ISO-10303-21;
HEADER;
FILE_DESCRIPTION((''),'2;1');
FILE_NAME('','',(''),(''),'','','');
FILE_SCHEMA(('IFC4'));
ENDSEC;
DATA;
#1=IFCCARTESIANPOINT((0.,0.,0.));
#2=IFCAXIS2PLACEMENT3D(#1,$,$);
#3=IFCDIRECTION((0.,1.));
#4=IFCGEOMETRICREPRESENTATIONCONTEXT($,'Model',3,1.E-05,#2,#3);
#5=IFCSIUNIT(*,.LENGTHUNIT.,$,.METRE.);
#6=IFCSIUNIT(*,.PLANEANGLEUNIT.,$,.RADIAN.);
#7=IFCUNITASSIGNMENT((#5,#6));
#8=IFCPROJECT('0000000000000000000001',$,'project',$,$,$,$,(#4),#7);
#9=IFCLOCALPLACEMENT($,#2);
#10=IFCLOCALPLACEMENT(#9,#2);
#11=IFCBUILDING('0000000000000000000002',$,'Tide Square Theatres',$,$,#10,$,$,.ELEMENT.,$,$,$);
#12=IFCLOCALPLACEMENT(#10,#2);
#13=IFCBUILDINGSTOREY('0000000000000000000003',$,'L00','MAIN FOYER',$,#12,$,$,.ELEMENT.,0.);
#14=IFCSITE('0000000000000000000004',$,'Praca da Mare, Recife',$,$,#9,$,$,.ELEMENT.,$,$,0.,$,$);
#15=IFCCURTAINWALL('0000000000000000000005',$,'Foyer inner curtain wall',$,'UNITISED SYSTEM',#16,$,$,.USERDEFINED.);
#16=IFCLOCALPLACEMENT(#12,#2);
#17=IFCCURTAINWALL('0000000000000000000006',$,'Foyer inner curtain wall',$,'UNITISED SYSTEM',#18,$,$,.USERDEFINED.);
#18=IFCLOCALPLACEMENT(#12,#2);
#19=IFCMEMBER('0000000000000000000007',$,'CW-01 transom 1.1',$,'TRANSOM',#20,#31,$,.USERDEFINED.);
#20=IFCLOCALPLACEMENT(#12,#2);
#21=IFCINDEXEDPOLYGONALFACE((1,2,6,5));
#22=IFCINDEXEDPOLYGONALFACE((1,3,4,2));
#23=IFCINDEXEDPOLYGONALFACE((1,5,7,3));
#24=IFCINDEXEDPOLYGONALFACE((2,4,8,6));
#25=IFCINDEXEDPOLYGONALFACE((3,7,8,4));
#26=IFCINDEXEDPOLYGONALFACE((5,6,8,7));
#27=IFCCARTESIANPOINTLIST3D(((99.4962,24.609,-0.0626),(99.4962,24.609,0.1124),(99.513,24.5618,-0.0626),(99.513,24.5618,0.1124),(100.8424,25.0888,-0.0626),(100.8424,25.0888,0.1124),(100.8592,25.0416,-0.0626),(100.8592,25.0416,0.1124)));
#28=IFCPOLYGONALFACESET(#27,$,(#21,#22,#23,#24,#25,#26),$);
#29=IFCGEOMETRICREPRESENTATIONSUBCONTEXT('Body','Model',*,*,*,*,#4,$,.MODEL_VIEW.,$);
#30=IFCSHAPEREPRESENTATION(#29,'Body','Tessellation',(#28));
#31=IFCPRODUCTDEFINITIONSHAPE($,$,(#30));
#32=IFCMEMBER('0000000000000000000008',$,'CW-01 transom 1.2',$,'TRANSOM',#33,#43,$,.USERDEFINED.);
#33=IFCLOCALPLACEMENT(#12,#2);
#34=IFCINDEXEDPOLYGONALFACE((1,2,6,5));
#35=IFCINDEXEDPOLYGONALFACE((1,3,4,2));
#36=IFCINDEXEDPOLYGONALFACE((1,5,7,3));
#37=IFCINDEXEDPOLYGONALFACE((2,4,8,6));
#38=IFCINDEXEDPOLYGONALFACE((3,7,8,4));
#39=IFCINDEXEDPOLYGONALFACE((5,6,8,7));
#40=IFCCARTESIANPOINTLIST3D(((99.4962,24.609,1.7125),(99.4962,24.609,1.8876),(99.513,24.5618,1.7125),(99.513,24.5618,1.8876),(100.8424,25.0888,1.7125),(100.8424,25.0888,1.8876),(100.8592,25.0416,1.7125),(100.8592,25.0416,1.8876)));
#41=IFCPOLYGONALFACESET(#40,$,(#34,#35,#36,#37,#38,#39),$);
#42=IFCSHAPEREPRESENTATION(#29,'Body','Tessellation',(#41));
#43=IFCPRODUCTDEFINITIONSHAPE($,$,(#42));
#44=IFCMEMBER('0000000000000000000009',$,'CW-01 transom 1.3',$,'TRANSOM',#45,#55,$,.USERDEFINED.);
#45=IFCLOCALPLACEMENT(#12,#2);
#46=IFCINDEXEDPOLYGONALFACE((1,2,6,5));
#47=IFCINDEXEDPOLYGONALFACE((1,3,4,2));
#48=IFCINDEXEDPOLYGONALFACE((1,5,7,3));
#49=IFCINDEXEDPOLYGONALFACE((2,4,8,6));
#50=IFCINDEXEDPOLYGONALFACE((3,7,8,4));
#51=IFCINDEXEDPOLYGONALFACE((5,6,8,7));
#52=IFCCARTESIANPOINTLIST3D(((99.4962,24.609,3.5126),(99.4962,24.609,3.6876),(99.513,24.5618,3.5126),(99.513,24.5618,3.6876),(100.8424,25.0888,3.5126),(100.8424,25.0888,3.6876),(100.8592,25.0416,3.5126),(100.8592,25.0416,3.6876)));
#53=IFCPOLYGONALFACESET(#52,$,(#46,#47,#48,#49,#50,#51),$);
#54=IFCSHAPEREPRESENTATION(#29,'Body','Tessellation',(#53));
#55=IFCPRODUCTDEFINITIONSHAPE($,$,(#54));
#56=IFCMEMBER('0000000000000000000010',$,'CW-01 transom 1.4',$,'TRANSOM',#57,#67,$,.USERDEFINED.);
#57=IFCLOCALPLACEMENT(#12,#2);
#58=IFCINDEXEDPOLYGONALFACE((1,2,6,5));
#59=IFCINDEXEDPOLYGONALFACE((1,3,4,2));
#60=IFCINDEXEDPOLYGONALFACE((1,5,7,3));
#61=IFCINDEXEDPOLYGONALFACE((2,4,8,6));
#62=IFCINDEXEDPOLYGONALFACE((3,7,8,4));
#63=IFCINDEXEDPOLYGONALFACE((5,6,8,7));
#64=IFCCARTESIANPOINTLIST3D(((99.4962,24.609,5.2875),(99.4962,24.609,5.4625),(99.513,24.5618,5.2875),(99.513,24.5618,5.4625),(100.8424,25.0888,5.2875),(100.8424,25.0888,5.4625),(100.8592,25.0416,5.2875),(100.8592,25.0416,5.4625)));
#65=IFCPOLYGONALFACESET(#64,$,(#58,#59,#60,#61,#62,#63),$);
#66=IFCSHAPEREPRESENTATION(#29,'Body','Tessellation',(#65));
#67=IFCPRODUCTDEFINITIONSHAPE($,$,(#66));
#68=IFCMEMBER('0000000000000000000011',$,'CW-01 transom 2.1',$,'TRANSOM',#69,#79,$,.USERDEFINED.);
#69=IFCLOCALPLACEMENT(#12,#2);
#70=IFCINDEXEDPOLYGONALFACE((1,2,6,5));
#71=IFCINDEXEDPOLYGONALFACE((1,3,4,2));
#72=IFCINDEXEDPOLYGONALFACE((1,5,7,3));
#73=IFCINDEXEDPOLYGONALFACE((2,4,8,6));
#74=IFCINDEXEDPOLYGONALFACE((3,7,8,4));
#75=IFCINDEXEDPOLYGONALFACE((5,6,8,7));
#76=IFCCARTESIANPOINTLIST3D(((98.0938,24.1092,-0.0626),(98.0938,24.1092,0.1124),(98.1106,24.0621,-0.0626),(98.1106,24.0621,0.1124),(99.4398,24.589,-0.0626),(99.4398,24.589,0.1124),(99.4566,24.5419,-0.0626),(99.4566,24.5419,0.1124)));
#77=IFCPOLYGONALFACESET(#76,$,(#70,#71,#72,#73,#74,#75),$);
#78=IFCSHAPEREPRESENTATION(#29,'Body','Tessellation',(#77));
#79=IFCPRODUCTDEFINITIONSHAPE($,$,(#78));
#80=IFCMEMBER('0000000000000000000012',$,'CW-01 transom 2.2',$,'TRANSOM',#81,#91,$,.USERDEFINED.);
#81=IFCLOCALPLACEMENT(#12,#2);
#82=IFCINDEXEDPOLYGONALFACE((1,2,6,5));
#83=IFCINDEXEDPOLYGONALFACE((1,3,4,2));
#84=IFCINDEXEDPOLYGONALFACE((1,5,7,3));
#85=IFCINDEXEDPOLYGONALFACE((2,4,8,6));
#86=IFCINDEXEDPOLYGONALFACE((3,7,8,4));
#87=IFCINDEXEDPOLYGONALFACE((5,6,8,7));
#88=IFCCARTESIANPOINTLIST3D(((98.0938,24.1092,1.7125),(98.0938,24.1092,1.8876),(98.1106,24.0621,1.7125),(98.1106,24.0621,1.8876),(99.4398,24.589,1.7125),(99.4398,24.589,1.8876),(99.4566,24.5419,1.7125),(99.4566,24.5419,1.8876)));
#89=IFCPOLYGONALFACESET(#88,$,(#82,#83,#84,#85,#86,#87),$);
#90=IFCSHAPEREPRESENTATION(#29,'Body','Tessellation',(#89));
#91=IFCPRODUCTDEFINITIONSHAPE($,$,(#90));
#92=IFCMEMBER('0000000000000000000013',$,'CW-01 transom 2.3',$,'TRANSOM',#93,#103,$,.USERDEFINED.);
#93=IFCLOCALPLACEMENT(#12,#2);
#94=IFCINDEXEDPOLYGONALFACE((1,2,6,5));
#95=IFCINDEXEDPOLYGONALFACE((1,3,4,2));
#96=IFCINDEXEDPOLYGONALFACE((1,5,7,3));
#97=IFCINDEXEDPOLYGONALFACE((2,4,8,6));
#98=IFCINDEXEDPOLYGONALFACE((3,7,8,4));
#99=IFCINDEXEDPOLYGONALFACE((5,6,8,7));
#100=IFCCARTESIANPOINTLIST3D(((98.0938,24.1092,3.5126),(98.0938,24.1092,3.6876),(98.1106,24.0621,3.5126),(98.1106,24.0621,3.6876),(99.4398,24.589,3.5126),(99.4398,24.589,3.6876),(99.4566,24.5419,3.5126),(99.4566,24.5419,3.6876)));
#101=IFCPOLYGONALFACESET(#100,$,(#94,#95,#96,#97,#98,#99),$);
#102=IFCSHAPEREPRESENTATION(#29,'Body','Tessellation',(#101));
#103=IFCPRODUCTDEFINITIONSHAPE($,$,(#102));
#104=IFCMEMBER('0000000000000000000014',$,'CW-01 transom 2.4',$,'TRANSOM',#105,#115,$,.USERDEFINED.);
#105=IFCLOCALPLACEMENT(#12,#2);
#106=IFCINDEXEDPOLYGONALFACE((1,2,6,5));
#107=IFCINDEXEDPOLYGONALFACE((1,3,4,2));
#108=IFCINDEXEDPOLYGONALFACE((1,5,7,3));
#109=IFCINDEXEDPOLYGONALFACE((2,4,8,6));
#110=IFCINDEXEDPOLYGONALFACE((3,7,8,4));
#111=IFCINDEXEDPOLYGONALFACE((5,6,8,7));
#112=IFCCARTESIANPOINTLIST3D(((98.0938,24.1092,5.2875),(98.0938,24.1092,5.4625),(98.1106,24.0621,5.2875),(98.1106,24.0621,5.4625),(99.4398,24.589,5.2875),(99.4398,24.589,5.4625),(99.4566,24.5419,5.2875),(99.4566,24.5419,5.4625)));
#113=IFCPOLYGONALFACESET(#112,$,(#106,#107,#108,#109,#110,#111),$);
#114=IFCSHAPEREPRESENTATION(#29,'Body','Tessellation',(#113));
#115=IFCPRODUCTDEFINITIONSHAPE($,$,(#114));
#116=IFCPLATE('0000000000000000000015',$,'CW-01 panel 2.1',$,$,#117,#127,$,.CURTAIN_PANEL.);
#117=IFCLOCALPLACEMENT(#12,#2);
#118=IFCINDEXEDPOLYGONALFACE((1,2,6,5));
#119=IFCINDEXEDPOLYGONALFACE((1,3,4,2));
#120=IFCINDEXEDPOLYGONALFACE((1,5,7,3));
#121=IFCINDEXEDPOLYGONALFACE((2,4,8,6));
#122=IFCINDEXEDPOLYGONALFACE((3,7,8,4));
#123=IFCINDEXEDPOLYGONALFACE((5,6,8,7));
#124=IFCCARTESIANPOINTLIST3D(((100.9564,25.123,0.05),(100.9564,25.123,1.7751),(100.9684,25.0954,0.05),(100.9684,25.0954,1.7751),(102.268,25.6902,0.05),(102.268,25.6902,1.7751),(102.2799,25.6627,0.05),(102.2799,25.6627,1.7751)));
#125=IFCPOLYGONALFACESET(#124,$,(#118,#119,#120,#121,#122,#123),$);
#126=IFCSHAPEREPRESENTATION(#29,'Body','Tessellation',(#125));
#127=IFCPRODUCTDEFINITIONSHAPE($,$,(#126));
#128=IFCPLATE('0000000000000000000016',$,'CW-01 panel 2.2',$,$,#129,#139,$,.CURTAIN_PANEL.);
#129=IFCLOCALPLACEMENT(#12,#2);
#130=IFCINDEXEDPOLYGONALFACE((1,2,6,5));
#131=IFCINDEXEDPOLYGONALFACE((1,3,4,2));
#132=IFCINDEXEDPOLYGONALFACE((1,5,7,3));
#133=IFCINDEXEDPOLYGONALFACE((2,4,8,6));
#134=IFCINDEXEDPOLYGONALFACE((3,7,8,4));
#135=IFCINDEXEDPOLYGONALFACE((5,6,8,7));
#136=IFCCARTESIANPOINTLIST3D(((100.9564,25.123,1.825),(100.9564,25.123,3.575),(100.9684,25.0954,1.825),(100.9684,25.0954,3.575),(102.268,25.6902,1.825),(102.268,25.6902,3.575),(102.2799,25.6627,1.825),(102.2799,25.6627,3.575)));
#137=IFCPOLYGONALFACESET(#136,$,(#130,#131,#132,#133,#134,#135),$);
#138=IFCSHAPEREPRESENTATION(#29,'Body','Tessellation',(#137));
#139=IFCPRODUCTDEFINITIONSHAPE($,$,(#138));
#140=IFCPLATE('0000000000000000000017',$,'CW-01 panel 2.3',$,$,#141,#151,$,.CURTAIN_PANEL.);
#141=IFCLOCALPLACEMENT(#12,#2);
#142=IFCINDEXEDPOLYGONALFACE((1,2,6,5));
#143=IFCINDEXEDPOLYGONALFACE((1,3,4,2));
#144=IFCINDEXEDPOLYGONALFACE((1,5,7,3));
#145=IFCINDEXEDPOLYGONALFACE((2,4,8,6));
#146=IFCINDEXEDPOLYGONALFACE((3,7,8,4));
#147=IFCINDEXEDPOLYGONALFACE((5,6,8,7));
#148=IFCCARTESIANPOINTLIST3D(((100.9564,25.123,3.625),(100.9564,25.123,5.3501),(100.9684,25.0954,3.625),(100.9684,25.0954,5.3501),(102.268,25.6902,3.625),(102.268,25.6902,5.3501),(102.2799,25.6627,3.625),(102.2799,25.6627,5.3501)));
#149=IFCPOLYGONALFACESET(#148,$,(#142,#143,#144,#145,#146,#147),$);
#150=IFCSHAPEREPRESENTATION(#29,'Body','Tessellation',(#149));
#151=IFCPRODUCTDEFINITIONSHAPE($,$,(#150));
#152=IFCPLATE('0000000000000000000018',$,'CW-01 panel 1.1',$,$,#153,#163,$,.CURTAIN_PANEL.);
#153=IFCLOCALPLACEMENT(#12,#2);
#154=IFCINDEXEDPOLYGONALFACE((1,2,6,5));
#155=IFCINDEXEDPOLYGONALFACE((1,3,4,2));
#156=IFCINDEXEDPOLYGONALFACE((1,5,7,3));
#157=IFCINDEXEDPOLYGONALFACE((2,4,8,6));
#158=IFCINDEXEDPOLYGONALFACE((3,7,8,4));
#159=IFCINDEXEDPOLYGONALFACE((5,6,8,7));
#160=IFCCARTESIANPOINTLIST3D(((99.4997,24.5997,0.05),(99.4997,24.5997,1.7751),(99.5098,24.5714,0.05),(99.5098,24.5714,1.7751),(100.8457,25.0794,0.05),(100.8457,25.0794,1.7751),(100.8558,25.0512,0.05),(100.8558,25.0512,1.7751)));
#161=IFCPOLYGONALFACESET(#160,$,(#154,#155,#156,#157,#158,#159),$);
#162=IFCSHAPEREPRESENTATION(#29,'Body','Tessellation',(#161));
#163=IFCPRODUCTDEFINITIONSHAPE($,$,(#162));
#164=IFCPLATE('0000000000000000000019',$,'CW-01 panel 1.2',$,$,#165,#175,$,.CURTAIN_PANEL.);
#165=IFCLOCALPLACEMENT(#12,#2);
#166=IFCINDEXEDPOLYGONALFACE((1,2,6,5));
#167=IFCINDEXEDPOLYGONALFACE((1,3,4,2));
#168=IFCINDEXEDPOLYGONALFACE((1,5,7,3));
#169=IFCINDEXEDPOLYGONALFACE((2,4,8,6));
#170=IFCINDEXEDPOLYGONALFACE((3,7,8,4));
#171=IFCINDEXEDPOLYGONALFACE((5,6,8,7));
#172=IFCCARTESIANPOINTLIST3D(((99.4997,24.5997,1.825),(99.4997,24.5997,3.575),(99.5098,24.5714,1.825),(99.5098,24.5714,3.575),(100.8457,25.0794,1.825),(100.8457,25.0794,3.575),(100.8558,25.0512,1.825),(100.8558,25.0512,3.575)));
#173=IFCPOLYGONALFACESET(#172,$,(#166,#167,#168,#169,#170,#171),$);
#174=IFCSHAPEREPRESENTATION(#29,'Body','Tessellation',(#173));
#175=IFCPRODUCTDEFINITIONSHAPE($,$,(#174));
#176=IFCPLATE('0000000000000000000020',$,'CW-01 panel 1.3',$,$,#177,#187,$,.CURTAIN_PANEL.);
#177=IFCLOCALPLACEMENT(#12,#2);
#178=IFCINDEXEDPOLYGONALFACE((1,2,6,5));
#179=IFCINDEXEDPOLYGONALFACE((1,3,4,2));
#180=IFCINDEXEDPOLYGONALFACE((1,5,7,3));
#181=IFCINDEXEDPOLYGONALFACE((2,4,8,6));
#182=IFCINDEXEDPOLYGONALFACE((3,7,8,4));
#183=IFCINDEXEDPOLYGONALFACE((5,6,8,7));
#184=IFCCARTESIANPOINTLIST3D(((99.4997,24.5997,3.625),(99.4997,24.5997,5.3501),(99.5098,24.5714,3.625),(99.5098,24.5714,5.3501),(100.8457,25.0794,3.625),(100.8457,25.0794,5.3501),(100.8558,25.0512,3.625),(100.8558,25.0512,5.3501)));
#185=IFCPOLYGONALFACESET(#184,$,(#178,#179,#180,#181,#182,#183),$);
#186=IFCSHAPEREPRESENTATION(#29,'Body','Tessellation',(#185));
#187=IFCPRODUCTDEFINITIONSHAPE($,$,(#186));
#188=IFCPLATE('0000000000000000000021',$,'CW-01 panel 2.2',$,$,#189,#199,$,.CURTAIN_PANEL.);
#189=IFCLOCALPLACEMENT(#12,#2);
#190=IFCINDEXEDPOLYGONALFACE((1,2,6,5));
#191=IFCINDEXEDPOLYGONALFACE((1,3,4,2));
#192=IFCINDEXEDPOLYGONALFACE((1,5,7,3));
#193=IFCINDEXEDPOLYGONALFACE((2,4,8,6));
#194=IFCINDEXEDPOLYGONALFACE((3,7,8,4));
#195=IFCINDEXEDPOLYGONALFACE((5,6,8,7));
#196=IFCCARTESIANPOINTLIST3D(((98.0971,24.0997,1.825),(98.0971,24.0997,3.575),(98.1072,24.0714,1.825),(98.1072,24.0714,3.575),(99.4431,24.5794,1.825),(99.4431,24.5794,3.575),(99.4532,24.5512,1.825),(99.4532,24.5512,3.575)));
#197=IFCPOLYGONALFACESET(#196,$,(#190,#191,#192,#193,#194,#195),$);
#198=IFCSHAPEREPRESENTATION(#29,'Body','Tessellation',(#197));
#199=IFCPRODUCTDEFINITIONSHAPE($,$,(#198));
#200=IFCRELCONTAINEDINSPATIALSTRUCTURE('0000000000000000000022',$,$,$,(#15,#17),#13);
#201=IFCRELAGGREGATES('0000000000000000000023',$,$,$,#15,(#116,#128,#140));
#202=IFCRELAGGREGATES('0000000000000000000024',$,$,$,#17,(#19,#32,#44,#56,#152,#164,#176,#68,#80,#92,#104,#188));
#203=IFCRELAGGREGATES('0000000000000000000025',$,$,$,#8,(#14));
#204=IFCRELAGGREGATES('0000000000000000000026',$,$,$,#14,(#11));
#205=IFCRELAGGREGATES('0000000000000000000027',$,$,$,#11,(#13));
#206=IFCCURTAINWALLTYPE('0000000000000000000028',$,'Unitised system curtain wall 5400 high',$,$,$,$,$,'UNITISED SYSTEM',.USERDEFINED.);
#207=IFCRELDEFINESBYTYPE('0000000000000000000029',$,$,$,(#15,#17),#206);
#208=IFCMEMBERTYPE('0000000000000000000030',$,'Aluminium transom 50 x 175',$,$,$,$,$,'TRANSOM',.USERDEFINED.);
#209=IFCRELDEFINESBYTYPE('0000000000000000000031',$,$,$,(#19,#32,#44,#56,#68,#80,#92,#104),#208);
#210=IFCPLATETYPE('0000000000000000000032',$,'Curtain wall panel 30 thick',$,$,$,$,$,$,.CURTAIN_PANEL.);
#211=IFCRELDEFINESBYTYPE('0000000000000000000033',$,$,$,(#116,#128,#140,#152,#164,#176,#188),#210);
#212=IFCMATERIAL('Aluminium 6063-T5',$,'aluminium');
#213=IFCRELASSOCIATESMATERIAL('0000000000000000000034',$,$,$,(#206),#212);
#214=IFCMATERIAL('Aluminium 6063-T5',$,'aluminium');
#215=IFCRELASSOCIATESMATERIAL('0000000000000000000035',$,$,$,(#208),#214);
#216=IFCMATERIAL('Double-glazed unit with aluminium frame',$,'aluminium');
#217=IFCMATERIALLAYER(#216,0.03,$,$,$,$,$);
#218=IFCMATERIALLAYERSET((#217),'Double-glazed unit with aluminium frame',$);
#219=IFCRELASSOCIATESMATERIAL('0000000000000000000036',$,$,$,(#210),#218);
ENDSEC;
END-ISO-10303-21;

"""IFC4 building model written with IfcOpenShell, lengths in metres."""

from ifc_helpers import new_model, si_unit, direction, frame, origin, origin_2d, place, context, subcontext, project, spatial, rectangle, extrude, material, layer, layer_set, material_profile, profile_set, type_object, element, aggregate, save


model = new_model("IFC4")

# Units and contexts
model_context = context("Model", 3, precision=1e-05, world=origin(), true_north=direction((0.0, 1.0)))
body_context = subcontext(model_context, "Body", "Model", "MODEL_VIEW")
ifc_project = project(units=[si_unit("LENGTHUNIT", "METRE"), si_unit("PLANEANGLEUNIT", "RADIAN")], contexts=[model_context])

# Site, building, storey
site_placement = place(None, origin())
site = spatial("IfcSite", under=ifc_project, at=site_placement, Name="Praca da Mare, Recife", CompositionType="ELEMENT", RefElevation=0.0)
building_placement = place(site_placement, origin())
building = spatial("IfcBuilding", under=site, at=building_placement, Name="Tide Square Theatres", CompositionType="ELEMENT")
storey_placement = place(building_placement, origin())
storey = spatial("IfcBuildingStorey", under=building, at=storey_placement, Name="L00", Description="MAIN FOYER", CompositionType="ELEMENT", Elevation=0.0)

# Curtain wall
ifc_material_1 = material(Name="Aluminium 6063-T5", Category="aluminium")
curtain_wall_type = type_object("IfcCurtainWallType", Name="Unitised system curtain wall 5400 high", ElementType="UNITISED SYSTEM", PredefinedType="USERDEFINED", material=ifc_material_1)
curtain_wall_1_placement = place(storey_placement, origin())
curtain_wall_1 = element("IfcCurtainWall", 1, at=curtain_wall_1_placement, inside=storey, type_object=curtain_wall_type, Name="Foyer inner curtain wall", ObjectType="UNITISED SYSTEM", PredefinedType="USERDEFINED")

# Curtain wall
curtain_wall_2_placement = place(storey_placement, origin())
curtain_wall_2 = element("IfcCurtainWall", 2, at=curtain_wall_2_placement, inside=storey, type_object=curtain_wall_type, Name="Foyer inner curtain wall", ObjectType="UNITISED SYSTEM", PredefinedType="USERDEFINED")

# Members
ifc_material_2 = material(Name="Aluminium 6063-T5", Category="aluminium")
ifc_material_profile_1 = material_profile(ifc_material_2, rectangle(XDim=0.05, YDim=0.175, at=origin_2d()))
ifc_profile_set_1 = profile_set([ifc_material_profile_1], Name="Aluminium 6063-T5")
member_type_1 = type_object("IfcMemberType", Name="Aluminium transom 50 x 175", ElementType="TRANSOM", PredefinedType="USERDEFINED", material=ifc_profile_set_1)
member_1_placement = place(storey_placement, frame((100.8508, 25.0652, 0.0249), z_axis=(-0.941974, -0.335687, 0.0), x_axis=(0.335687, -0.941974, 0.0)))
member_1 = element("IfcMember", 3, at=member_1_placement, type_object=member_type_1, Name="CW-01 transom 1.1", ObjectType="TRANSOM", PredefinedType="USERDEFINED", context=body_context, shape_type="SweptSolid", body=[
    extrude(rectangle(XDim=0.05, YDim=0.175, at=origin_2d()), origin(), (0.0, 0.0, 1.0), 1.4292),
])
member_2_placement = place(storey_placement, frame((100.8508, 25.0652, 1.8), z_axis=(-0.941974, -0.335687, 0.0), x_axis=(0.335687, -0.941974, 0.0)))
member_2 = element("IfcMember", 4, at=member_2_placement, type_object=member_type_1, Name="CW-01 transom 1.2", ObjectType="TRANSOM", PredefinedType="USERDEFINED", context=body_context, shape_type="SweptSolid", body=[
    extrude(rectangle(XDim=0.05, YDim=0.175, at=origin_2d()), origin(), (0.0, 0.0, 1.0), 1.4292),
])
member_3_placement = place(storey_placement, frame((100.8508, 25.0652, 3.6001), z_axis=(-0.941974, -0.335687, 0.0), x_axis=(0.335687, -0.941974, 0.0)))
member_3 = element("IfcMember", 5, at=member_3_placement, type_object=member_type_1, Name="CW-01 transom 1.3", ObjectType="TRANSOM", PredefinedType="USERDEFINED", context=body_context, shape_type="SweptSolid", body=[
    extrude(rectangle(XDim=0.05, YDim=0.175, at=origin_2d()), origin(), (0.0, 0.0, 1.0), 1.4292),
])
member_4_placement = place(storey_placement, frame((100.8508, 25.0652, 5.375), z_axis=(-0.941974, -0.335687, 0.0), x_axis=(0.335687, -0.941974, 0.0)))
member_4 = element("IfcMember", 6, at=member_4_placement, type_object=member_type_1, Name="CW-01 transom 1.4", ObjectType="TRANSOM", PredefinedType="USERDEFINED", context=body_context, shape_type="SweptSolid", body=[
    extrude(rectangle(XDim=0.05, YDim=0.175, at=origin_2d()), origin(), (0.0, 0.0, 1.0), 1.4292),
])
member_5_placement = place(storey_placement, frame((99.4482, 24.5654, 0.0249), z_axis=(-0.941954, -0.335741, 0.0), x_axis=(0.335741, -0.941954, 0.0)))
member_5 = element("IfcMember", 7, at=member_5_placement, type_object=member_type_1, Name="CW-01 transom 2.1", ObjectType="TRANSOM", PredefinedType="USERDEFINED", context=body_context, shape_type="SweptSolid", body=[
    extrude(rectangle(XDim=0.05, YDim=0.175, at=origin_2d()), origin(), (0.0, 0.0, 1.0), 1.429),
])
member_6_placement = place(storey_placement, frame((99.4482, 24.5654, 1.8), z_axis=(-0.941954, -0.335741, 0.0), x_axis=(0.335741, -0.941954, 0.0)))
member_6 = element("IfcMember", 8, at=member_6_placement, type_object=member_type_1, Name="CW-01 transom 2.2", ObjectType="TRANSOM", PredefinedType="USERDEFINED", context=body_context, shape_type="SweptSolid", body=[
    extrude(rectangle(XDim=0.05, YDim=0.175, at=origin_2d()), origin(), (0.0, 0.0, 1.0), 1.429),
])
member_7_placement = place(storey_placement, frame((99.4482, 24.5654, 3.6001), z_axis=(-0.941954, -0.335741, 0.0), x_axis=(0.335741, -0.941954, 0.0)))
member_7 = element("IfcMember", 9, at=member_7_placement, type_object=member_type_1, Name="CW-01 transom 2.3", ObjectType="TRANSOM", PredefinedType="USERDEFINED", context=body_context, shape_type="SweptSolid", body=[
    extrude(rectangle(XDim=0.05, YDim=0.175, at=origin_2d()), origin(), (0.0, 0.0, 1.0), 1.429),
])
member_8_placement = place(storey_placement, frame((99.4482, 24.5654, 5.375), z_axis=(-0.941954, -0.335741, 0.0), x_axis=(0.335741, -0.941954, 0.0)))
member_8 = element("IfcMember", 10, at=member_8_placement, type_object=member_type_1, Name="CW-01 transom 2.4", ObjectType="TRANSOM", PredefinedType="USERDEFINED", context=body_context, shape_type="SweptSolid", body=[
    extrude(rectangle(XDim=0.05, YDim=0.175, at=origin_2d()), origin(), (0.0, 0.0, 1.0), 1.429),
])

# Plates
ifc_material_3 = material(Name="Double-glazed unit with aluminium frame", Category="aluminium")
ifc_layer_1 = layer(ifc_material_3, 0.03)
ifc_layer_set_1 = layer_set([ifc_layer_1], Name="Double-glazed unit with aluminium frame")
plate_type = type_object("IfcPlateType", Name="Curtain wall panel 30 thick", PredefinedType="CURTAIN_PANEL", material=ifc_layer_set_1)
plate_1_placement = place(storey_placement, frame((101.6182, 25.3928, 0.05), z_axis=(0.0, 0.0, 1.0), x_axis=(-0.917827, -0.39698, 0.0)))
plate_1 = element("IfcPlate", 11, at=plate_1_placement, type_object=plate_type, Name="CW-01 panel 2.1", PredefinedType="CURTAIN_PANEL", context=body_context, shape_type="SweptSolid", body=[
    extrude(rectangle(XDim=1.429, YDim=0.03, at=origin_2d()), origin(), (0.0, 0.0, 1.0), 1.7251),
])
plate_2_placement = place(storey_placement, frame((101.6182, 25.3928, 1.825), z_axis=(0.0, 0.0, 1.0), x_axis=(-0.917827, -0.39698, 0.0)))
plate_2 = element("IfcPlate", 12, at=plate_2_placement, type_object=plate_type, Name="CW-01 panel 2.2", PredefinedType="CURTAIN_PANEL", context=body_context, shape_type="SweptSolid", body=[
    extrude(rectangle(XDim=1.429, YDim=0.03, at=origin_2d()), origin(), (0.0, 0.0, 1.0), 1.75),
])
plate_3_placement = place(storey_placement, frame((101.6182, 25.3928, 3.625), z_axis=(0.0, 0.0, 1.0), x_axis=(-0.917827, -0.39698, 0.0)))
plate_3 = element("IfcPlate", 13, at=plate_3_placement, type_object=plate_type, Name="CW-01 panel 2.3", PredefinedType="CURTAIN_PANEL", context=body_context, shape_type="SweptSolid", body=[
    extrude(rectangle(XDim=1.429, YDim=0.03, at=origin_2d()), origin(), (0.0, 0.0, 1.0), 1.7251),
])
aggregate(curtain_wall_1, [plate_1, plate_2, plate_3])
plate_4_placement = place(storey_placement, frame((100.1777, 24.8254, 0.05), z_axis=(0.0, 0.0, 1.0), x_axis=(-0.941961, -0.335723, 0.0)))
plate_4 = element("IfcPlate", 14, at=plate_4_placement, type_object=plate_type, Name="CW-01 panel 1.1", PredefinedType="CURTAIN_PANEL", context=body_context, shape_type="SweptSolid", body=[
    extrude(rectangle(XDim=1.429, YDim=0.03, at=origin_2d()), origin(), (0.0, 0.0, 1.0), 1.7251),
])
plate_5_placement = place(storey_placement, frame((100.1777, 24.8254, 1.825), z_axis=(0.0, 0.0, 1.0), x_axis=(-0.941961, -0.335723, 0.0)))
plate_5 = element("IfcPlate", 15, at=plate_5_placement, type_object=plate_type, Name="CW-01 panel 1.2", PredefinedType="CURTAIN_PANEL", context=body_context, shape_type="SweptSolid", body=[
    extrude(rectangle(XDim=1.429, YDim=0.03, at=origin_2d()), origin(), (0.0, 0.0, 1.0), 1.75),
])
plate_6_placement = place(storey_placement, frame((100.1777, 24.8254, 3.625), z_axis=(0.0, 0.0, 1.0), x_axis=(-0.941961, -0.335723, 0.0)))
plate_6 = element("IfcPlate", 16, at=plate_6_placement, type_object=plate_type, Name="CW-01 panel 1.3", PredefinedType="CURTAIN_PANEL", context=body_context, shape_type="SweptSolid", body=[
    extrude(rectangle(XDim=1.429, YDim=0.03, at=origin_2d()), origin(), (0.0, 0.0, 1.0), 1.7251),
])
plate_7_placement = place(storey_placement, frame((98.7751, 24.3254, 1.825), z_axis=(0.0, 0.0, 1.0), x_axis=(-0.941961, -0.335723, 0.0)))
plate_7 = element("IfcPlate", 17, at=plate_7_placement, type_object=plate_type, Name="CW-01 panel 2.2", PredefinedType="CURTAIN_PANEL", context=body_context, shape_type="SweptSolid", body=[
    extrude(rectangle(XDim=1.429, YDim=0.03, at=origin_2d()), origin(), (0.0, 0.0, 1.0), 1.75),
])
aggregate(curtain_wall_2, [member_1, member_2, member_3, member_4, plate_4, plate_5, plate_6, member_5, member_6, member_7, member_8, plate_7])

save(model, "model.ifc")
